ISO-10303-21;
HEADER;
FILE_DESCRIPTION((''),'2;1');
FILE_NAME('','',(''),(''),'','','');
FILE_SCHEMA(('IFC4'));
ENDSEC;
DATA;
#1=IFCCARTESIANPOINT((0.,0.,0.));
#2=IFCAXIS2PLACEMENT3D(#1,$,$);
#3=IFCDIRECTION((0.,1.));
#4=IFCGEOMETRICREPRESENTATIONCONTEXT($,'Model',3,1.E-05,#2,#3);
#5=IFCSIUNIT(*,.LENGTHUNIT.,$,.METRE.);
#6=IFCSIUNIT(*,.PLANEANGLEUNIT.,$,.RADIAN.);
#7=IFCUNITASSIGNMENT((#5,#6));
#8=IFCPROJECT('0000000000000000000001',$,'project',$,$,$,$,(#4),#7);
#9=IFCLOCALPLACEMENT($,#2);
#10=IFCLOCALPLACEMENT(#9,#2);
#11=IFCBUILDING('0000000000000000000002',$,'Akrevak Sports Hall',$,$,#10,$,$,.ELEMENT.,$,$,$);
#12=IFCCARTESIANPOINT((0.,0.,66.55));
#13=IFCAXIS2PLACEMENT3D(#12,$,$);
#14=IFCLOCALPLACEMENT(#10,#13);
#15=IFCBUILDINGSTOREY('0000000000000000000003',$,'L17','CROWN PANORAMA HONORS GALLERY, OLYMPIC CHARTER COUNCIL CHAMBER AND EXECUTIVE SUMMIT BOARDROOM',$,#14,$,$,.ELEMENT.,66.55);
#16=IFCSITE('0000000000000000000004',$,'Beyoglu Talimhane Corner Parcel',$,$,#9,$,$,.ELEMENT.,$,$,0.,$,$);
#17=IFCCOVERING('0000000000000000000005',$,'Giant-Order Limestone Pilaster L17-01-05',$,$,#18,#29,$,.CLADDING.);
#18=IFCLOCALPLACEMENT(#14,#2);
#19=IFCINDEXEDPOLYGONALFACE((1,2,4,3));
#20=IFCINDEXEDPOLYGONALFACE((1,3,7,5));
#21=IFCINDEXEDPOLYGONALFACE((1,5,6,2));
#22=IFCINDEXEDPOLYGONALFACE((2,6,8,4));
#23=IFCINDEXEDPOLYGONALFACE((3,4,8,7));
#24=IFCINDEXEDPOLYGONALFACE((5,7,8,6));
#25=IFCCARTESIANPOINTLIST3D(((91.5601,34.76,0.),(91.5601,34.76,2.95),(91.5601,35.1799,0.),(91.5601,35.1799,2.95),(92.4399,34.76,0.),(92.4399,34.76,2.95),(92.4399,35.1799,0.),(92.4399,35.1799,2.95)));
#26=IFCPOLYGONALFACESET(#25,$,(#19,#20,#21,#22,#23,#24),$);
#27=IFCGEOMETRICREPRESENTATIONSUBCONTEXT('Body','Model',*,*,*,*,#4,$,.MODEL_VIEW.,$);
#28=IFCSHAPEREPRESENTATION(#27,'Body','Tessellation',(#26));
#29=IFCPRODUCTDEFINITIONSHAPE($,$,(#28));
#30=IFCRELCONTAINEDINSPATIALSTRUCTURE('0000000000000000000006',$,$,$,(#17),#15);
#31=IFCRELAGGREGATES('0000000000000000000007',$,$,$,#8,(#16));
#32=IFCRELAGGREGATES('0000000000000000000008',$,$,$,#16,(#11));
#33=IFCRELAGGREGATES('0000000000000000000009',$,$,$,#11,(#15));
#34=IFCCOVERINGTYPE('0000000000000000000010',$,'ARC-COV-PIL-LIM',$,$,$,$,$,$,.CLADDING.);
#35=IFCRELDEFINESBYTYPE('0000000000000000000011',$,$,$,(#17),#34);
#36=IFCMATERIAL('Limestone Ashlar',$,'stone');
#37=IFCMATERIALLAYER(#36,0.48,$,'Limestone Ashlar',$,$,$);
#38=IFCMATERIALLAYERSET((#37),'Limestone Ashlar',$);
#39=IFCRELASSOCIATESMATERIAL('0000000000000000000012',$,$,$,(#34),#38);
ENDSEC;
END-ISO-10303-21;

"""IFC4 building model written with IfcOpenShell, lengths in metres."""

from ifc_helpers import new_model, si_unit, direction, frame, origin, origin_2d, place, context, subcontext, project, spatial, rectangle, extrude, material, layer, layer_set, type_object, element, save


model = new_model("IFC4")

# Units and contexts
model_context = context("Model", 3, precision=1e-05, world=origin(), true_north=direction((0.0, 1.0)))
body_context = subcontext(model_context, "Body", "Model", "MODEL_VIEW")
ifc_project = project(units=[si_unit("LENGTHUNIT", "METRE"), si_unit("PLANEANGLEUNIT", "RADIAN")], contexts=[model_context])

# Site, building, storey
site_placement = place(None, origin())
site = spatial("IfcSite", under=ifc_project, at=site_placement, Name="Beyoglu Talimhane Corner Parcel", CompositionType="ELEMENT", RefElevation=0.0)
building_placement = place(site_placement, origin())
building = spatial("IfcBuilding", under=site, at=building_placement, Name="Akrevak Sports Hall", CompositionType="ELEMENT")
storey_placement = place(building_placement, frame((0.0, 0.0, 66.55)))
storey = spatial("IfcBuildingStorey", under=building, at=storey_placement, Name="L17", Description="CROWN PANORAMA HONORS GALLERY, OLYMPIC CHARTER COUNCIL CHAMBER AND EXECUTIVE SUMMIT BOARDROOM", CompositionType="ELEMENT", Elevation=66.55)

# Covering
ifc_material_1 = material(Name="Limestone Ashlar", Category="stone")
ifc_layer_1 = layer(ifc_material_1, 0.48, Name="Limestone Ashlar")
ifc_layer_set_1 = layer_set([ifc_layer_1], Name="Limestone Ashlar")
covering_type_1 = type_object("IfcCoveringType", Name="ARC-COV-PIL-LIM", PredefinedType="CLADDING", material=ifc_layer_set_1)
for number, where, z_axis, x_axis, name in (
    (1, (92.0, 34.97, 0.0), (0.0, 0.0, 1.0), (1.0, 0.0, 0.0), "Giant-Order Limestone Pilaster L17-01-05"),
):
    element("IfcCovering", number, at=place(storey_placement, frame(where, z_axis=z_axis, x_axis=x_axis)), inside=storey, type_object=covering_type_1, Name=name, PredefinedType="CLADDING", context=body_context, shape_type="SweptSolid", body=[
        extrude(rectangle(XDim=0.8799, YDim=0.4199, at=origin_2d()), origin(), (0.0, 0.0, 1.0), 2.95),
    ])

save(model, "model.ifc")
